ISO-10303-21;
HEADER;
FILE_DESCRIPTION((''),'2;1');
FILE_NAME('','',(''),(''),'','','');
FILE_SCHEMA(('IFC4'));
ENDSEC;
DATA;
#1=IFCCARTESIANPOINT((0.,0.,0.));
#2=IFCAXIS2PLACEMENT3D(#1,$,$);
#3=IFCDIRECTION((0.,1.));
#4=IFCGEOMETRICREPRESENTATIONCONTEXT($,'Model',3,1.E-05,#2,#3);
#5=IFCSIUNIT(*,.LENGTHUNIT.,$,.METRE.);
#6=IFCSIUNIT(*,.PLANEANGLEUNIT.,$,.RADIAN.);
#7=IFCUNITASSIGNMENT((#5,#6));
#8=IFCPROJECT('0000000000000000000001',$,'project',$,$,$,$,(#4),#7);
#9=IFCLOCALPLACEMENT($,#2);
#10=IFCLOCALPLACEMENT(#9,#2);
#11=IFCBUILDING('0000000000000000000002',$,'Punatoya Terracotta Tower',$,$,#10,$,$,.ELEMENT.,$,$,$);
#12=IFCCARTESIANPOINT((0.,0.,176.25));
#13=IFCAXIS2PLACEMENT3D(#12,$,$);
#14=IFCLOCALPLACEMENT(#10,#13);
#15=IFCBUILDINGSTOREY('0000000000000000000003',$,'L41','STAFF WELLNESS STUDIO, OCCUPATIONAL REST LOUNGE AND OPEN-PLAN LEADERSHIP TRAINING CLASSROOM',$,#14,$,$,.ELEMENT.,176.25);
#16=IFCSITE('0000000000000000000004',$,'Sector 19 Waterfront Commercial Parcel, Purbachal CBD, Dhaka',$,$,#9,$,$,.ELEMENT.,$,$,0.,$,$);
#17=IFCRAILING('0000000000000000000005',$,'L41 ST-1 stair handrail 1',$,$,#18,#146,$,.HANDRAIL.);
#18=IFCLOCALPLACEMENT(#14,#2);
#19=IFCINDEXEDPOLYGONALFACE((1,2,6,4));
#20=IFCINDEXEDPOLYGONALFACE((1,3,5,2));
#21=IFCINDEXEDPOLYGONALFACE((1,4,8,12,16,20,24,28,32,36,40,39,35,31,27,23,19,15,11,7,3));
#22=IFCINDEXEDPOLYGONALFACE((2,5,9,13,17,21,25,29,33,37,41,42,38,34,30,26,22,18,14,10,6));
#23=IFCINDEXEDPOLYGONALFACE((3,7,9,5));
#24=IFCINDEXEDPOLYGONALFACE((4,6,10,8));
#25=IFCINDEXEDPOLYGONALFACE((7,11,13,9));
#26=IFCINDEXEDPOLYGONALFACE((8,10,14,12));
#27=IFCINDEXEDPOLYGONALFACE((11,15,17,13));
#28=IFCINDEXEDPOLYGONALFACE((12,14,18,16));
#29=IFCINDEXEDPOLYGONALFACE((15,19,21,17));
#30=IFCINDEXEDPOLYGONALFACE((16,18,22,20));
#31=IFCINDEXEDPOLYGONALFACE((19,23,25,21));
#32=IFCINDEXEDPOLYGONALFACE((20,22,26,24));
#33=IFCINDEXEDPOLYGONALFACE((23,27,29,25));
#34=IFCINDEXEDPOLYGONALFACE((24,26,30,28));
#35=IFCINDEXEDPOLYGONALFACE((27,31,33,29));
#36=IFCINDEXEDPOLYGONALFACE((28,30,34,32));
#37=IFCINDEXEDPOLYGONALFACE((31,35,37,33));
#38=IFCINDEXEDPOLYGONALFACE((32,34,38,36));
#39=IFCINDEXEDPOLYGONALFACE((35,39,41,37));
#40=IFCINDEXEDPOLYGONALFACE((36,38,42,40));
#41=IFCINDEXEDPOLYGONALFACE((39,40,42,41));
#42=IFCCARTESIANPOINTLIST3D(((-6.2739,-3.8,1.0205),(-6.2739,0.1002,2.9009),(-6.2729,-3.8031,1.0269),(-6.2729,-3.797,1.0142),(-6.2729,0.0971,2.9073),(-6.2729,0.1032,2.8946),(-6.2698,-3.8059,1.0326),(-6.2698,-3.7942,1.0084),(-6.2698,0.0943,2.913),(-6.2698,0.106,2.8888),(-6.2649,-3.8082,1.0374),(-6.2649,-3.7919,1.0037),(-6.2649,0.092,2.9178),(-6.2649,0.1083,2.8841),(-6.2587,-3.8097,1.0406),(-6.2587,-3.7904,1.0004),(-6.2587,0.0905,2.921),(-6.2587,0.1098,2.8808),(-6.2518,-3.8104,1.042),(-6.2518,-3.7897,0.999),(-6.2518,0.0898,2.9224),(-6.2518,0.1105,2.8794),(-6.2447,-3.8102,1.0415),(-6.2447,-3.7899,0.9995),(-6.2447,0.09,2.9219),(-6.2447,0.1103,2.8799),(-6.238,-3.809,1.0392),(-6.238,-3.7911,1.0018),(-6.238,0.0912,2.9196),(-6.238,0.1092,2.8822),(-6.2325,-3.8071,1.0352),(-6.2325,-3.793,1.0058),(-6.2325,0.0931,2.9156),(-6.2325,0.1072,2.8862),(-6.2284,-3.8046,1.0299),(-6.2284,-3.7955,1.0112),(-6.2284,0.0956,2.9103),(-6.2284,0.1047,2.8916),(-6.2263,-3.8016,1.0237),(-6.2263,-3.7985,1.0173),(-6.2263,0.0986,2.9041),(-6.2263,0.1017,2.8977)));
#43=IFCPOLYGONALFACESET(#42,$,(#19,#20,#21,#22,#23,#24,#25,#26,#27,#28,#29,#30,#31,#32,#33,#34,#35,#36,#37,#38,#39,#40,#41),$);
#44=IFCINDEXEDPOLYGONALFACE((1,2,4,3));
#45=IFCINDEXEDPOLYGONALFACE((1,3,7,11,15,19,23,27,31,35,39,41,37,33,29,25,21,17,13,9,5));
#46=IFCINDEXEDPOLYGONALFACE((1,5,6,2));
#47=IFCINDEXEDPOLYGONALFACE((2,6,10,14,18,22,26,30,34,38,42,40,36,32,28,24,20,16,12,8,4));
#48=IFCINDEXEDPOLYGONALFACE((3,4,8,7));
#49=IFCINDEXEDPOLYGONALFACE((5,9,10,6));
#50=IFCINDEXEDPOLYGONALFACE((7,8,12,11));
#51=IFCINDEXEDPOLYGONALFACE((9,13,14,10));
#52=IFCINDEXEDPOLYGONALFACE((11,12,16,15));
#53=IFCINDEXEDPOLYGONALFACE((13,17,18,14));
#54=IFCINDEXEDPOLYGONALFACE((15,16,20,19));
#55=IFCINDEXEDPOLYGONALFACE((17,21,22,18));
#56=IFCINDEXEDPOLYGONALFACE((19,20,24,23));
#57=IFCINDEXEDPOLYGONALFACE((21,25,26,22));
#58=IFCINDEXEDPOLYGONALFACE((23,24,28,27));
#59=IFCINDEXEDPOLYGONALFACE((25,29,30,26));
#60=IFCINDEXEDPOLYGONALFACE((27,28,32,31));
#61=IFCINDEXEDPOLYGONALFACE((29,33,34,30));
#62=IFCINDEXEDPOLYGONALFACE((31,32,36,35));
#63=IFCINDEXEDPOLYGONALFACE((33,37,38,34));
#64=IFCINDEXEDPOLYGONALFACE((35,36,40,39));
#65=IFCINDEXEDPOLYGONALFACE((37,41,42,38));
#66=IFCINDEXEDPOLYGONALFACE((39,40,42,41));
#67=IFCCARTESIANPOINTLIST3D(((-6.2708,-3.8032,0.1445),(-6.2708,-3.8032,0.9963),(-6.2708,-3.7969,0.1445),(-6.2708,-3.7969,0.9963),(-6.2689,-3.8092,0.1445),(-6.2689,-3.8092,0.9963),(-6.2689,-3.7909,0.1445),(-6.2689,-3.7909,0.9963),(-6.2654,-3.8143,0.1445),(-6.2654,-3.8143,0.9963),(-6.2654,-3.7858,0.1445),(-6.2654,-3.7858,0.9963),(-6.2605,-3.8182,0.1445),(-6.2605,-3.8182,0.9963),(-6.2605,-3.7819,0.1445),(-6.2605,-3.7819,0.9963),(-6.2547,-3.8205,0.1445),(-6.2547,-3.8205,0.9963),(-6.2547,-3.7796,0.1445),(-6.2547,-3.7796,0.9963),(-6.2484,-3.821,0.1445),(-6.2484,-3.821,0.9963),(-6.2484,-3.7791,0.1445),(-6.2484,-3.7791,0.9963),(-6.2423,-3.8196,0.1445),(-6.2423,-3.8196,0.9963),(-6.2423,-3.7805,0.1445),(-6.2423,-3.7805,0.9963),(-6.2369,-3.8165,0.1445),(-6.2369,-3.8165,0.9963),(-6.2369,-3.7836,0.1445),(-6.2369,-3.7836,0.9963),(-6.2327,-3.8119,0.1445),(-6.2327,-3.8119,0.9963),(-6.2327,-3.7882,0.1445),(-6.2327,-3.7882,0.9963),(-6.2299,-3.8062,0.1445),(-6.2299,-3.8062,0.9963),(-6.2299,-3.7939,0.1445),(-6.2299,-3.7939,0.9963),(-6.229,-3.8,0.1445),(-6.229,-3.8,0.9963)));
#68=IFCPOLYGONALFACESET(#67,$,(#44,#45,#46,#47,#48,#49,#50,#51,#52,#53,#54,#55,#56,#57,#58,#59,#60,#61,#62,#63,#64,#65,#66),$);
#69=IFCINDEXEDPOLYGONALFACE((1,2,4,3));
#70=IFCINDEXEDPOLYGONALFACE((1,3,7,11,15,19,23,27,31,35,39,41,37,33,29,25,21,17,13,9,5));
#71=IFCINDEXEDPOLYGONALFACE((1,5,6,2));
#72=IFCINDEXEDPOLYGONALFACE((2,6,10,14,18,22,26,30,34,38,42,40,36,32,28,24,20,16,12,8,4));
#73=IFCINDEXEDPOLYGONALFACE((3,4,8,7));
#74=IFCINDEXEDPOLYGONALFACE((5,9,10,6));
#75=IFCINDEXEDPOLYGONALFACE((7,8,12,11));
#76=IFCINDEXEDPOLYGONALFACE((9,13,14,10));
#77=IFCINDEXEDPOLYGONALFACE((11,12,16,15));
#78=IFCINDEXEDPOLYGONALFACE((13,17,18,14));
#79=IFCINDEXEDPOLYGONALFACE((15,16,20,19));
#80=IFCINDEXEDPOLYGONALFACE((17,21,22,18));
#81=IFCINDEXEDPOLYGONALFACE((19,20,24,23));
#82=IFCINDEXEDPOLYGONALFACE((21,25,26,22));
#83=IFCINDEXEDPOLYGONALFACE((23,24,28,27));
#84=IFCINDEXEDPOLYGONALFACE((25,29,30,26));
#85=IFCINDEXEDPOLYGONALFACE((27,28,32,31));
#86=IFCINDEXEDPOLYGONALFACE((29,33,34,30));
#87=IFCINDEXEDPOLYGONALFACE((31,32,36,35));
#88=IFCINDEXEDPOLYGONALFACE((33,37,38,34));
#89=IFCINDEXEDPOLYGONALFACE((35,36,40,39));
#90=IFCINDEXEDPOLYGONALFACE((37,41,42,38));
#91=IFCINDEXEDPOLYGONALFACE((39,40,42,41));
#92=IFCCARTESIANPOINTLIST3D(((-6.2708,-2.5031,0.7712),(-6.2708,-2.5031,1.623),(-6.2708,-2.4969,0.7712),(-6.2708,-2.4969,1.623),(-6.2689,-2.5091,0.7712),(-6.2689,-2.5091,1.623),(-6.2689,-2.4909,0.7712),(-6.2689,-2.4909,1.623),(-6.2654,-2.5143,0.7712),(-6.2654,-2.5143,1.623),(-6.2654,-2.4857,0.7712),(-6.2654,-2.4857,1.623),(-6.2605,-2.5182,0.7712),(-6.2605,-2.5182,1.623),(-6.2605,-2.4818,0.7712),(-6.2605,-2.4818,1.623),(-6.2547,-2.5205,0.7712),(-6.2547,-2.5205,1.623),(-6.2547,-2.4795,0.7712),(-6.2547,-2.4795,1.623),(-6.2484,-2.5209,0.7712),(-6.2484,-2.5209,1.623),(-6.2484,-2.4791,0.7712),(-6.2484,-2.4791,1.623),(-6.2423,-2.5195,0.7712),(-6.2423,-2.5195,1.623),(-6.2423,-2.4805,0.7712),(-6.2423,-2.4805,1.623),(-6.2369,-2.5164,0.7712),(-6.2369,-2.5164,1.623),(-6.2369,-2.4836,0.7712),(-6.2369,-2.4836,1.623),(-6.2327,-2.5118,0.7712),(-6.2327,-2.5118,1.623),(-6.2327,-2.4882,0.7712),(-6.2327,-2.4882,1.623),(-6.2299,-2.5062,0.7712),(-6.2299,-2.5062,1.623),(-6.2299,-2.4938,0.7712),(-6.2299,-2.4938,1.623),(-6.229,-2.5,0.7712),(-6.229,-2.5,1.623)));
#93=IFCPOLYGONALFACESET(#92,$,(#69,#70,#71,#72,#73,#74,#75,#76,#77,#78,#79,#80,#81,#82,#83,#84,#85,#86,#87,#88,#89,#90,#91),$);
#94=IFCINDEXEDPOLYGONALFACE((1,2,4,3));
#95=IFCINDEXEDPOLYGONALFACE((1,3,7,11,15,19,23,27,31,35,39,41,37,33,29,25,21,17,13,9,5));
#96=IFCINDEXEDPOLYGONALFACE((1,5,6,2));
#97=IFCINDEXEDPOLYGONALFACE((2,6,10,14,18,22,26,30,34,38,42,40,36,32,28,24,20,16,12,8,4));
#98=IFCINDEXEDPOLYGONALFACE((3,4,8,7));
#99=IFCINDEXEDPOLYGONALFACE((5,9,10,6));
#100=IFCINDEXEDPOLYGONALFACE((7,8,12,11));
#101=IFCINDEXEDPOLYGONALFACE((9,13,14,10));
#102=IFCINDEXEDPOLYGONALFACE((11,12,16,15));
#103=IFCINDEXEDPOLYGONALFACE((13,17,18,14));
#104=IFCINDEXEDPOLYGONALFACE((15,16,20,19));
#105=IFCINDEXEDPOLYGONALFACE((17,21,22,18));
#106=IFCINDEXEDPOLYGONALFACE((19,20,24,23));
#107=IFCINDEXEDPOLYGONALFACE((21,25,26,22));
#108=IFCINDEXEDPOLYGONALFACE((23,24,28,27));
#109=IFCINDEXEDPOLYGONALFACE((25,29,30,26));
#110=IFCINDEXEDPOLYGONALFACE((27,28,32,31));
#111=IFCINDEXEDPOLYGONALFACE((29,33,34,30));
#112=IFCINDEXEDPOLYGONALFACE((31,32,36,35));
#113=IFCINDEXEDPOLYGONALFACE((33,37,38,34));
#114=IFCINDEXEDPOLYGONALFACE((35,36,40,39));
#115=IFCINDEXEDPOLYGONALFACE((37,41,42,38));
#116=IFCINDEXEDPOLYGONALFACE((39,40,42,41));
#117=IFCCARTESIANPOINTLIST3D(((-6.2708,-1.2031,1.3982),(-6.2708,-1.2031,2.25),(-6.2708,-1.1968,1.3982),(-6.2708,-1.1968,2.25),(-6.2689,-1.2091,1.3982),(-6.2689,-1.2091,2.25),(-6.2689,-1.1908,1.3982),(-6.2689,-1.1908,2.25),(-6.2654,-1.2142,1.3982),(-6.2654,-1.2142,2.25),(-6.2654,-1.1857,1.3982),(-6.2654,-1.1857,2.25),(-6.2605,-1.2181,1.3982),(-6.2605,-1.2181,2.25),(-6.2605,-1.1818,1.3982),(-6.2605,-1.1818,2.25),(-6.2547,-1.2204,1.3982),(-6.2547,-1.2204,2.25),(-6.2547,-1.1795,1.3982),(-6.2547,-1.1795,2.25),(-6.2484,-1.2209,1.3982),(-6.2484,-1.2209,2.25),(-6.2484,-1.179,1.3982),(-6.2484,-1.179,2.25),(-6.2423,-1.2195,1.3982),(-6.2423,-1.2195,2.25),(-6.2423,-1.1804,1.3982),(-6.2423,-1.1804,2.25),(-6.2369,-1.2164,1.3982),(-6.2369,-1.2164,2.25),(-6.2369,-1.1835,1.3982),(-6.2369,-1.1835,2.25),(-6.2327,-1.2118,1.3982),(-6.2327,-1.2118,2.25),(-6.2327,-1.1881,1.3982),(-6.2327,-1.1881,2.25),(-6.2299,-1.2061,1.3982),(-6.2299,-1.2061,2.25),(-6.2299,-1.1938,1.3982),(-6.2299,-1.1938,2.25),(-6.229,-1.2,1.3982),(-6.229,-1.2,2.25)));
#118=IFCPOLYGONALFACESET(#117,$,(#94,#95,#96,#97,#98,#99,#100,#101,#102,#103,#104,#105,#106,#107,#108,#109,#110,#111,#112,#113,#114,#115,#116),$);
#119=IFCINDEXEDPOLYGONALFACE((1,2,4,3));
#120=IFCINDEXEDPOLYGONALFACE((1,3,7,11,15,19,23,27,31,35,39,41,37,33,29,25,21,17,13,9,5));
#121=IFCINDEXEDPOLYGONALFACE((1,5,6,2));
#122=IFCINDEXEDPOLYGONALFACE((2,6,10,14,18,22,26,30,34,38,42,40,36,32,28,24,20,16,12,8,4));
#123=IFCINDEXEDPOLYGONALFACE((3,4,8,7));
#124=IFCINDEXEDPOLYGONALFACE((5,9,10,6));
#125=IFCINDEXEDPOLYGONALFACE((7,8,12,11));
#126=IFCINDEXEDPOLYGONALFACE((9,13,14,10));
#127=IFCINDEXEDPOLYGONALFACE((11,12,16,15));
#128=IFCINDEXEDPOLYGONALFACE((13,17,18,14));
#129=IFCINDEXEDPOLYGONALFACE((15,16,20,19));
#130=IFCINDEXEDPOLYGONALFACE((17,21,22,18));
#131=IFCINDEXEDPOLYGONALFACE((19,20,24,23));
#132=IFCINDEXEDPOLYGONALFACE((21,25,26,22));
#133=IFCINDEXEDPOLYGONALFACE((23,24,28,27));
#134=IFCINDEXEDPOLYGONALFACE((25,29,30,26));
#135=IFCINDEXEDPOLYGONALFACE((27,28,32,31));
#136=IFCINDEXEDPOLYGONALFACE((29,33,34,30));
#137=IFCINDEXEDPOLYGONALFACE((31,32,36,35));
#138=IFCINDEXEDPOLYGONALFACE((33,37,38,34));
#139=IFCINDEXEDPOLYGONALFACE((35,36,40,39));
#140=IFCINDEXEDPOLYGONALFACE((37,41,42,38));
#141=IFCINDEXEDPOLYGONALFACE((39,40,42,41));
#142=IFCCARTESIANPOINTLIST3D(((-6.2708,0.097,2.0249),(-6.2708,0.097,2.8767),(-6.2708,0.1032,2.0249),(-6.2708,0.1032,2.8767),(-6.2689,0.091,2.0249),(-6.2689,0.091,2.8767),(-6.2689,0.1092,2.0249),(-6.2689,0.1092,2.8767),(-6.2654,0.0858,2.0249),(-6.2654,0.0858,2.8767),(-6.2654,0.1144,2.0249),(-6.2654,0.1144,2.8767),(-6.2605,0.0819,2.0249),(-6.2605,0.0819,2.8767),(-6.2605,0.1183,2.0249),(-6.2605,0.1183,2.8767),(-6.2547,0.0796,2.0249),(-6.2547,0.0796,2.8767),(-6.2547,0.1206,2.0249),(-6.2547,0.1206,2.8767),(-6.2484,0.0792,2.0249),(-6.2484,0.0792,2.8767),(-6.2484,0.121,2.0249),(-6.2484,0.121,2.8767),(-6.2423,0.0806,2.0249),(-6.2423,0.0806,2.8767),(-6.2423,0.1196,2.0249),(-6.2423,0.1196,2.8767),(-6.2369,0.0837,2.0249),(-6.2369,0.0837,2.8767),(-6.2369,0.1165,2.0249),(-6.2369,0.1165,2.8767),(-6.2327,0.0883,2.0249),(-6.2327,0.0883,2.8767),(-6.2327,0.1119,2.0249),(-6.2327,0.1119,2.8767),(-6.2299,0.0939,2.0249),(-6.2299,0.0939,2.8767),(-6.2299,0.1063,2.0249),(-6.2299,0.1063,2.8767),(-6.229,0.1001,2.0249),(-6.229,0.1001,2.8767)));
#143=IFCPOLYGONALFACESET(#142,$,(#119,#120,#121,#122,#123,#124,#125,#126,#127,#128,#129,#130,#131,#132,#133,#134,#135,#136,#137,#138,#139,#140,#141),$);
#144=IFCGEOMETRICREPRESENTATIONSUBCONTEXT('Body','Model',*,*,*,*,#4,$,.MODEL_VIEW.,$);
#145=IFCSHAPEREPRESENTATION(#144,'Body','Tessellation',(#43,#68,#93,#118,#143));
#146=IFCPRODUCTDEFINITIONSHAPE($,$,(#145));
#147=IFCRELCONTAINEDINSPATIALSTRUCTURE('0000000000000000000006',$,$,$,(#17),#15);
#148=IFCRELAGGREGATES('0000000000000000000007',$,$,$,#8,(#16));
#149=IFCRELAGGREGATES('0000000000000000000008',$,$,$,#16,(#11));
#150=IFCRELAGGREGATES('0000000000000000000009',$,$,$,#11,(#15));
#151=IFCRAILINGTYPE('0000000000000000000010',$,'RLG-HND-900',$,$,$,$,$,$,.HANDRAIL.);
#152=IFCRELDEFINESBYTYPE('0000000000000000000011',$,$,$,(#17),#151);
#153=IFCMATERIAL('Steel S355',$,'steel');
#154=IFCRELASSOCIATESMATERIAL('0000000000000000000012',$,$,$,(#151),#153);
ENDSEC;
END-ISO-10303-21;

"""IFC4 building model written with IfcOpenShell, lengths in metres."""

from ifc_helpers import new_model, si_unit, direction, frame, origin, origin_2d, place, context, subcontext, project, spatial, circle, extrude, material, type_object, element, save


model = new_model("IFC4")

# Units and contexts
model_context = context("Model", 3, precision=1e-05, world=origin(), true_north=direction((0.0, 1.0)))
body_context = subcontext(model_context, "Body", "Model", "MODEL_VIEW")
ifc_project = project(units=[si_unit("LENGTHUNIT", "METRE"), si_unit("PLANEANGLEUNIT", "RADIAN")], contexts=[model_context])

# Site, building, storey
site_placement = place(None, origin())
site = spatial("IfcSite", under=ifc_project, at=site_placement, Name="Sector 19 Waterfront Commercial Parcel, Purbachal CBD, Dhaka", CompositionType="ELEMENT", RefElevation=0.0)
building_placement = place(site_placement, origin())
building = spatial("IfcBuilding", under=site, at=building_placement, Name="Punatoya Terracotta Tower", CompositionType="ELEMENT")
storey_placement = place(building_placement, frame((0.0, 0.0, 176.25)))
storey = spatial("IfcBuildingStorey", under=building, at=storey_placement, Name="L41", Description="STAFF WELLNESS STUDIO, OCCUPATIONAL REST LOUNGE AND OPEN-PLAN LEADERSHIP TRAINING CLASSROOM", CompositionType="ELEMENT", Elevation=176.25)

# Shared definitions
ifc_material_1 = material(Name="Steel S355", Category="steel")

# Railing
railing_type_1 = type_object("IfcRailingType", Name="RLG-HND-900", PredefinedType="HANDRAIL", material=ifc_material_1)
railing_1_placement = place(storey_placement, frame((-6.25, -3.8, 0.1445)))
element("IfcRailing", 1, at=railing_1_placement, inside=storey, type_object=railing_type_1, Name="L41 ST-1 stair handrail 1", PredefinedType="HANDRAIL", context=body_context, shape_type="SweptSolid", body=[
    extrude(circle(Radius=0.0239, at=origin_2d()), frame((0.0, 0.0, 0.876), z_axis=(0.0, 0.900774, 0.434289), x_axis=(-1.0, 0.0, 0.0)), (0.0, 0.0, 1.0), 4.3298),
    extrude(circle(Radius=0.021, at=origin_2d()), origin(), (0.0, 0.0, 1.0), 0.8518),
    extrude(circle(Radius=0.021, at=origin_2d()), frame((0.0, 1.3, 0.6267)), (0.0, 0.0, 1.0), 0.8518),
    extrude(circle(Radius=0.021, at=origin_2d()), frame((0.0, 2.6001, 1.2537)), (0.0, 0.0, 1.0), 0.8518),
    extrude(circle(Radius=0.021, at=origin_2d()), frame((0.0, 3.9001, 1.8804)), (0.0, 0.0, 1.0), 0.8518),
])

save(model, "model.ifc")
